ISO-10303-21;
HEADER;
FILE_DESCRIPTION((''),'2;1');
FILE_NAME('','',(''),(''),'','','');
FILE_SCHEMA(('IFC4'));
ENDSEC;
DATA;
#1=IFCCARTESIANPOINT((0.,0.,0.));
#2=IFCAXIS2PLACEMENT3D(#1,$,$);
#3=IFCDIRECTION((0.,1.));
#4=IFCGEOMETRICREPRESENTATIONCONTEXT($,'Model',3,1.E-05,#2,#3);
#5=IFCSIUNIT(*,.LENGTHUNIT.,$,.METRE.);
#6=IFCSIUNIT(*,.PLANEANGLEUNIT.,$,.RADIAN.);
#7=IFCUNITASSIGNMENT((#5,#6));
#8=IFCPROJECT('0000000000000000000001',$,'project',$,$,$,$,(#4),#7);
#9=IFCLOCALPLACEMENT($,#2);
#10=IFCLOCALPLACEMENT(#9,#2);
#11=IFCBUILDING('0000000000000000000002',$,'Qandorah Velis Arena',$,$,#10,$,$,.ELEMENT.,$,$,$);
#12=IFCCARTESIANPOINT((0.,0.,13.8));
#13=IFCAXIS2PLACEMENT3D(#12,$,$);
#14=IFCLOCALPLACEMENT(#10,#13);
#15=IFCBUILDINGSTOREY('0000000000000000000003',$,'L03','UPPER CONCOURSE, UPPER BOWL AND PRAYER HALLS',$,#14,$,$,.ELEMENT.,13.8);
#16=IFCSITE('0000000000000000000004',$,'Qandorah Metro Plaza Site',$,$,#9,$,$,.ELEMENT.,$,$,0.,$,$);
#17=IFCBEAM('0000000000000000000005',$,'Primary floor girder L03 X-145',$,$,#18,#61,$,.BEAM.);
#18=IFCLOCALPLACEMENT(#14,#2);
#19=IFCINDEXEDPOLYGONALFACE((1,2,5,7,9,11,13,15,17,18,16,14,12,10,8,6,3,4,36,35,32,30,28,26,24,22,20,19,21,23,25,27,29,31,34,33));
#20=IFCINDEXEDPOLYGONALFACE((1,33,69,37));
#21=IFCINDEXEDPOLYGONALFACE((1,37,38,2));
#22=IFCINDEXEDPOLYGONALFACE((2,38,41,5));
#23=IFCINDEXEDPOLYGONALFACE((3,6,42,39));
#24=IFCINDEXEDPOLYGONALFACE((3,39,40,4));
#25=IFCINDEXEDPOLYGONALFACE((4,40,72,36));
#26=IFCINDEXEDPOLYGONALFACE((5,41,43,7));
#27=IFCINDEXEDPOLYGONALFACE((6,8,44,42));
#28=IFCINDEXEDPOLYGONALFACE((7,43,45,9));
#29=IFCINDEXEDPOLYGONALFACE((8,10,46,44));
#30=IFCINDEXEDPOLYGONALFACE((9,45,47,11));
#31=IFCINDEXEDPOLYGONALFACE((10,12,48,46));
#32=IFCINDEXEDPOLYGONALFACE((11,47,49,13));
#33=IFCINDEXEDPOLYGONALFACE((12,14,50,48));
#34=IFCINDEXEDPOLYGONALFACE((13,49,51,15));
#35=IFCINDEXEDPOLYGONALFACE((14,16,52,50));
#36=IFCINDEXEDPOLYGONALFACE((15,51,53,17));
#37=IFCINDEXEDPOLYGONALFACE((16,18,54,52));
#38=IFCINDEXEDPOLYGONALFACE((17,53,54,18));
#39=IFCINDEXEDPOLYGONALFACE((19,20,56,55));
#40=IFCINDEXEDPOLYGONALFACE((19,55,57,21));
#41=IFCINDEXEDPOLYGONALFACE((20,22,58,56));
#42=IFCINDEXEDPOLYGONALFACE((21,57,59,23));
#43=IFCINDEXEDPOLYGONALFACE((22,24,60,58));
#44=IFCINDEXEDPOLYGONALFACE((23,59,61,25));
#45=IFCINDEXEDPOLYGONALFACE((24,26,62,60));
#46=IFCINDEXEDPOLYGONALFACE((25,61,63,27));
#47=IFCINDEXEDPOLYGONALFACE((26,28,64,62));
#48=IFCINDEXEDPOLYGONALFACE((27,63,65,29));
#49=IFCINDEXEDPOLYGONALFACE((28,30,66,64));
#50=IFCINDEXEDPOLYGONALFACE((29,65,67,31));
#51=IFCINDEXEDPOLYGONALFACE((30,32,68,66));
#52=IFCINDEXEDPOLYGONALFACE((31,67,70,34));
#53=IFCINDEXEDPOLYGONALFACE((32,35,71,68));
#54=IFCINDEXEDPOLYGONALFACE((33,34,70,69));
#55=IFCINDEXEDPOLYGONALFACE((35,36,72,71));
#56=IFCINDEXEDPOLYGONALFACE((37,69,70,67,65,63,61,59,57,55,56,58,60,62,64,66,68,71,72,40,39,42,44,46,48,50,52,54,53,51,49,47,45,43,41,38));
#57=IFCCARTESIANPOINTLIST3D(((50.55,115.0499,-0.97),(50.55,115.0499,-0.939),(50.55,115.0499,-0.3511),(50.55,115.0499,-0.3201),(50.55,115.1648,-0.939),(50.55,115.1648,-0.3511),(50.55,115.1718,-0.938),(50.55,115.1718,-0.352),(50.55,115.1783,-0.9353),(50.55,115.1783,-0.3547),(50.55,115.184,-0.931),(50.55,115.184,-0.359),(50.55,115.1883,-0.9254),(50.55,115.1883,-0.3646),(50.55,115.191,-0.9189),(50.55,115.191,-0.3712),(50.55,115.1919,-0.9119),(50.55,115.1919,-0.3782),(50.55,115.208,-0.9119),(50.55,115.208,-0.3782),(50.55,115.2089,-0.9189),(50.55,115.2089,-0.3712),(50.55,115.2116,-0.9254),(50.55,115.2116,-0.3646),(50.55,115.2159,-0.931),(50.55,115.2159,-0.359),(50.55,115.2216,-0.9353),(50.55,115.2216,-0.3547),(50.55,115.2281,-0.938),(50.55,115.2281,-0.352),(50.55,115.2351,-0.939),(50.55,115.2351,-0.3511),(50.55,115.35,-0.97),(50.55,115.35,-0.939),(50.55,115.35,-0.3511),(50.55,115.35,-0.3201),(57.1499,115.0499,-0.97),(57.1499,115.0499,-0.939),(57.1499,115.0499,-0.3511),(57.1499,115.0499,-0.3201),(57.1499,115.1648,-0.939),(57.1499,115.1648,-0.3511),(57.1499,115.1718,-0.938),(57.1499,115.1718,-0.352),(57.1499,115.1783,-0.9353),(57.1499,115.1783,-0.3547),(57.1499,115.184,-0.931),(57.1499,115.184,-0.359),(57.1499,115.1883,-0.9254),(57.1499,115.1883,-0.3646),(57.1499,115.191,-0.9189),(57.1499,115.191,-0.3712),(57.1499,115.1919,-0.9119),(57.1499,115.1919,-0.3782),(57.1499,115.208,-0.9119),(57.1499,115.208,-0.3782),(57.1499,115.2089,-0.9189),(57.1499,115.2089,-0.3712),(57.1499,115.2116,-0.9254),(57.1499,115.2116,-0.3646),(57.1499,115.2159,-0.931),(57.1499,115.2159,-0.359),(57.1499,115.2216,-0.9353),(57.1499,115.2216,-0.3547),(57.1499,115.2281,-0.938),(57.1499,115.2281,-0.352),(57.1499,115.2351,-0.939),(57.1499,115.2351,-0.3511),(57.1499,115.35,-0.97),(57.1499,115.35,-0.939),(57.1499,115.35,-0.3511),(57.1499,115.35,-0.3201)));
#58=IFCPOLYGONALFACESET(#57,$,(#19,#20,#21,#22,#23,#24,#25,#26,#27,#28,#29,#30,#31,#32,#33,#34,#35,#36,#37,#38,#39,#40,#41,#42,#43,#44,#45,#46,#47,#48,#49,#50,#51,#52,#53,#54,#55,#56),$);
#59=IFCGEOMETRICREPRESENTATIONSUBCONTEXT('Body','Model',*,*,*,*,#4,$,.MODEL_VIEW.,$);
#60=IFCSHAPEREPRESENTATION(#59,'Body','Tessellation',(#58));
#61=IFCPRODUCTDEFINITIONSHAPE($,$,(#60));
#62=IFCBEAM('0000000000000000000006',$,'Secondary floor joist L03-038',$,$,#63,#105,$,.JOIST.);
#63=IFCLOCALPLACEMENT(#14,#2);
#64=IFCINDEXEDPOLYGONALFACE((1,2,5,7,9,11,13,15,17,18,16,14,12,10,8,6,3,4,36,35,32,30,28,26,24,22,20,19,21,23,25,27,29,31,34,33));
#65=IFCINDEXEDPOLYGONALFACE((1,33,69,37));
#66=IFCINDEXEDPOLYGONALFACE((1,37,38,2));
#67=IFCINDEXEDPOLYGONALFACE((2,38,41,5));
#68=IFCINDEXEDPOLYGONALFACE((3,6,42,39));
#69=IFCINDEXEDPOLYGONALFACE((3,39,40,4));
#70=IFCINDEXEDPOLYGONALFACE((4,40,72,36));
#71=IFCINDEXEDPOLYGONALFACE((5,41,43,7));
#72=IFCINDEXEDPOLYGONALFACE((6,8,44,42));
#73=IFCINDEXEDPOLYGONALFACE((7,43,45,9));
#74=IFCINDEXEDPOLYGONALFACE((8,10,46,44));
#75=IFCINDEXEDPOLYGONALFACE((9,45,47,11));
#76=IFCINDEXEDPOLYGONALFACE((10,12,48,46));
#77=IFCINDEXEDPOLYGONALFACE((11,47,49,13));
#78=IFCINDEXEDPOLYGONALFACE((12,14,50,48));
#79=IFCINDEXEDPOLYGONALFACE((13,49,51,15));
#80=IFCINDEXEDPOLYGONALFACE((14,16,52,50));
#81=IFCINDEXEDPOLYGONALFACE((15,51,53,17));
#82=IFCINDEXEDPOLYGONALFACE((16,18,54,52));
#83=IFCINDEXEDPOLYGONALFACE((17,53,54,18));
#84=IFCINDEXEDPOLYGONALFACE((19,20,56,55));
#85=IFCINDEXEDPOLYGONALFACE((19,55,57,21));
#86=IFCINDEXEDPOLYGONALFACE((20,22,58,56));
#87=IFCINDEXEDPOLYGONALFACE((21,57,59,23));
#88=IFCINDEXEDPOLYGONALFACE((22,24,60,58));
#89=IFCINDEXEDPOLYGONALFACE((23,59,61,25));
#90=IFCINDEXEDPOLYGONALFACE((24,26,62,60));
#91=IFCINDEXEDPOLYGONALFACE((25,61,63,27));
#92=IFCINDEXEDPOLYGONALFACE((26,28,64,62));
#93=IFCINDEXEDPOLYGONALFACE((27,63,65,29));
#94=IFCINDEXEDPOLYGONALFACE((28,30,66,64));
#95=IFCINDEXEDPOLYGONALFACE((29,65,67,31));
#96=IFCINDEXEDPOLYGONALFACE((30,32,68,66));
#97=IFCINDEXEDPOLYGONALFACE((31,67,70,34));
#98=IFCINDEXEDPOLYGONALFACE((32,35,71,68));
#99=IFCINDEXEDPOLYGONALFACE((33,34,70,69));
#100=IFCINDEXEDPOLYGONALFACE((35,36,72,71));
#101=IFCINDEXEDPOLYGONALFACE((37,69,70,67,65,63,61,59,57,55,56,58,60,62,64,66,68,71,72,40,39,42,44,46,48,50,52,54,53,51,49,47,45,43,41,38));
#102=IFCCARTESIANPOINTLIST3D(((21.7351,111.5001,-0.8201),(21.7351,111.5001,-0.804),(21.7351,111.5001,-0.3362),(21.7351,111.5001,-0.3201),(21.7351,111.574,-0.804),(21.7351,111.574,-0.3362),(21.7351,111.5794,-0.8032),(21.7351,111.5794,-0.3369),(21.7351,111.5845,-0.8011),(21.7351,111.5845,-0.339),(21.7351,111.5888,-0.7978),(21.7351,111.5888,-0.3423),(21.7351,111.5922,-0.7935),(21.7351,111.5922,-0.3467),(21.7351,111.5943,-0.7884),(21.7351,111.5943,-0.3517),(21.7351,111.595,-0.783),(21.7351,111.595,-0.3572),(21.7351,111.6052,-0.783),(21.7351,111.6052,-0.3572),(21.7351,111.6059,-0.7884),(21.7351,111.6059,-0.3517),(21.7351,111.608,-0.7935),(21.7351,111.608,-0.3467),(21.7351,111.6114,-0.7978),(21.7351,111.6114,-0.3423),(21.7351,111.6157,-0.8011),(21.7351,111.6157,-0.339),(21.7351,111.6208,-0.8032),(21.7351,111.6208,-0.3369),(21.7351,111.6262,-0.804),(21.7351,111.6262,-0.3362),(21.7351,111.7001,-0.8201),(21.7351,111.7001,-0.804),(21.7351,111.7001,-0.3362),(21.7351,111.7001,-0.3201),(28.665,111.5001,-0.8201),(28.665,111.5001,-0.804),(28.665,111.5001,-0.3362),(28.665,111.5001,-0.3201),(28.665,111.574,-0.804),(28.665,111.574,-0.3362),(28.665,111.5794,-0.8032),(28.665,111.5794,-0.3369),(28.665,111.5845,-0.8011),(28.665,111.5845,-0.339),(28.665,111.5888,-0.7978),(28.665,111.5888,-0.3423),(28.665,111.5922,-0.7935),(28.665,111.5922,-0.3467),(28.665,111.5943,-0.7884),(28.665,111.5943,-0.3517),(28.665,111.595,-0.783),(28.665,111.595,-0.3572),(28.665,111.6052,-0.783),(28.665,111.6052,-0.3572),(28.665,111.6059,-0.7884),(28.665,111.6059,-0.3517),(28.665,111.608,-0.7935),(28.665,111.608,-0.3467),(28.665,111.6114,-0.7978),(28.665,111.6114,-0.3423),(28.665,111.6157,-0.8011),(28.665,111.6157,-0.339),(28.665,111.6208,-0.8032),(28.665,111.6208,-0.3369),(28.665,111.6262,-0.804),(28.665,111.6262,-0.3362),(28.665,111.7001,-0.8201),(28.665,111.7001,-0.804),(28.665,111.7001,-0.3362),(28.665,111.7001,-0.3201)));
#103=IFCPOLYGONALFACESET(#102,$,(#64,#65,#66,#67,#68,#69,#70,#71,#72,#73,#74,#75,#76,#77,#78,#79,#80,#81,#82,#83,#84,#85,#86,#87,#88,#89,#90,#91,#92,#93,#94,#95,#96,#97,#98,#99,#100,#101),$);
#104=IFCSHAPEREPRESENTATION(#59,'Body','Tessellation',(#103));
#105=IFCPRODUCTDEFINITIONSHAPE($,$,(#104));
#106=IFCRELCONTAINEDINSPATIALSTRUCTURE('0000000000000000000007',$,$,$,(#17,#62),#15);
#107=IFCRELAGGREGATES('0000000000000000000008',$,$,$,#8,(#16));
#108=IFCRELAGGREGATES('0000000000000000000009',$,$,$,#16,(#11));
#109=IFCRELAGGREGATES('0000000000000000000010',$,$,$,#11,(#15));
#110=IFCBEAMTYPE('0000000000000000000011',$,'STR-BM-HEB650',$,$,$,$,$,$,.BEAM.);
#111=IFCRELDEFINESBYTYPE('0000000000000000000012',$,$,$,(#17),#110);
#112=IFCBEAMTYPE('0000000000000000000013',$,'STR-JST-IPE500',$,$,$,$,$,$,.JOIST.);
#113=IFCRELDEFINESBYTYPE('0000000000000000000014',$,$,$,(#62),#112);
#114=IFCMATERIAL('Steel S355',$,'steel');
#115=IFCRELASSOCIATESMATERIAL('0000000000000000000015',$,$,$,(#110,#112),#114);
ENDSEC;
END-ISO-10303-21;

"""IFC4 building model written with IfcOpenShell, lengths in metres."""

from ifc_helpers import new_model, si_unit, direction, frame, origin, origin_2d, place, context, subcontext, project, spatial, i_section, extrude, material, material_profile, profile_set, type_object, element, save


model = new_model("IFC4")

# Units and contexts
model_context = context("Model", 3, precision=1e-05, world=origin(), true_north=direction((0.0, 1.0)))
body_context = subcontext(model_context, "Body", "Model", "MODEL_VIEW")
ifc_project = project(units=[si_unit("LENGTHUNIT", "METRE"), si_unit("PLANEANGLEUNIT", "RADIAN")], contexts=[model_context])

# Site, building, storey
site_placement = place(None, origin())
site = spatial("IfcSite", under=ifc_project, at=site_placement, Name="Qandorah Metro Plaza Site", CompositionType="ELEMENT", RefElevation=0.0)
building_placement = place(site_placement, origin())
building = spatial("IfcBuilding", under=site, at=building_placement, Name="Qandorah Velis Arena", CompositionType="ELEMENT")
storey_placement = place(building_placement, frame((0.0, 0.0, 13.8)))
storey = spatial("IfcBuildingStorey", under=building, at=storey_placement, Name="L03", Description="UPPER CONCOURSE, UPPER BOWL AND PRAYER HALLS", CompositionType="ELEMENT", Elevation=13.8)

# Beams
ifc_material_1 = material(Name="Steel S355", Category="steel")
ifc_material_profile_1 = material_profile(ifc_material_1, i_section(OverallWidth=0.3, OverallDepth=0.6499, WebThickness=0.0161, FlangeThickness=0.031, FilletRadius=0.0271, at=origin_2d()), Name="HEB 650")
ifc_profile_set_1 = profile_set([ifc_material_profile_1], Name="Steel S355")
beam_type_1 = type_object("IfcBeamType", Name="STR-BM-HEB650", PredefinedType="BEAM", material=ifc_profile_set_1)
beam_1_placement = place(storey_placement, frame((50.55, 115.2, -0.645), z_axis=(1.0, 0.0, 0.0), x_axis=(0.0, 1.0, 0.0)))
element("IfcBeam", 1, at=beam_1_placement, inside=storey, type_object=beam_type_1, Name="Primary floor girder L03 X-145", PredefinedType="BEAM", context=body_context, shape_type="SweptSolid", body=[
    extrude(i_section(OverallWidth=0.3, OverallDepth=0.6499, WebThickness=0.0161, FlangeThickness=0.031, FilletRadius=0.0271, at=origin_2d()), origin(), (0.0, 0.0, 1.0), 6.5999),
])
ifc_material_profile_2 = material_profile(ifc_material_1, i_section(OverallWidth=0.2, OverallDepth=0.5, WebThickness=0.0103, FlangeThickness=0.0161, FilletRadius=0.021, at=origin_2d()), Name="IPE 500")
ifc_profile_set_2 = profile_set([ifc_material_profile_2], Name="Steel S355")
beam_type_2 = type_object("IfcBeamType", Name="STR-JST-IPE500", PredefinedType="JOIST", material=ifc_profile_set_2)
beam_2_placement = place(storey_placement, frame((21.7351, 111.6001, -0.5701), z_axis=(1.0, 0.0, 0.0), x_axis=(0.0, 1.0, 0.0)))
element("IfcBeam", 2, at=beam_2_placement, inside=storey, type_object=beam_type_2, Name="Secondary floor joist L03-038", PredefinedType="JOIST", context=body_context, shape_type="SweptSolid", body=[
    extrude(i_section(OverallWidth=0.2, OverallDepth=0.5, WebThickness=0.0103, FlangeThickness=0.0161, FilletRadius=0.021, at=origin_2d()), origin(), (0.0, 0.0, 1.0), 6.9299),
])

save(model, "model.ifc")
